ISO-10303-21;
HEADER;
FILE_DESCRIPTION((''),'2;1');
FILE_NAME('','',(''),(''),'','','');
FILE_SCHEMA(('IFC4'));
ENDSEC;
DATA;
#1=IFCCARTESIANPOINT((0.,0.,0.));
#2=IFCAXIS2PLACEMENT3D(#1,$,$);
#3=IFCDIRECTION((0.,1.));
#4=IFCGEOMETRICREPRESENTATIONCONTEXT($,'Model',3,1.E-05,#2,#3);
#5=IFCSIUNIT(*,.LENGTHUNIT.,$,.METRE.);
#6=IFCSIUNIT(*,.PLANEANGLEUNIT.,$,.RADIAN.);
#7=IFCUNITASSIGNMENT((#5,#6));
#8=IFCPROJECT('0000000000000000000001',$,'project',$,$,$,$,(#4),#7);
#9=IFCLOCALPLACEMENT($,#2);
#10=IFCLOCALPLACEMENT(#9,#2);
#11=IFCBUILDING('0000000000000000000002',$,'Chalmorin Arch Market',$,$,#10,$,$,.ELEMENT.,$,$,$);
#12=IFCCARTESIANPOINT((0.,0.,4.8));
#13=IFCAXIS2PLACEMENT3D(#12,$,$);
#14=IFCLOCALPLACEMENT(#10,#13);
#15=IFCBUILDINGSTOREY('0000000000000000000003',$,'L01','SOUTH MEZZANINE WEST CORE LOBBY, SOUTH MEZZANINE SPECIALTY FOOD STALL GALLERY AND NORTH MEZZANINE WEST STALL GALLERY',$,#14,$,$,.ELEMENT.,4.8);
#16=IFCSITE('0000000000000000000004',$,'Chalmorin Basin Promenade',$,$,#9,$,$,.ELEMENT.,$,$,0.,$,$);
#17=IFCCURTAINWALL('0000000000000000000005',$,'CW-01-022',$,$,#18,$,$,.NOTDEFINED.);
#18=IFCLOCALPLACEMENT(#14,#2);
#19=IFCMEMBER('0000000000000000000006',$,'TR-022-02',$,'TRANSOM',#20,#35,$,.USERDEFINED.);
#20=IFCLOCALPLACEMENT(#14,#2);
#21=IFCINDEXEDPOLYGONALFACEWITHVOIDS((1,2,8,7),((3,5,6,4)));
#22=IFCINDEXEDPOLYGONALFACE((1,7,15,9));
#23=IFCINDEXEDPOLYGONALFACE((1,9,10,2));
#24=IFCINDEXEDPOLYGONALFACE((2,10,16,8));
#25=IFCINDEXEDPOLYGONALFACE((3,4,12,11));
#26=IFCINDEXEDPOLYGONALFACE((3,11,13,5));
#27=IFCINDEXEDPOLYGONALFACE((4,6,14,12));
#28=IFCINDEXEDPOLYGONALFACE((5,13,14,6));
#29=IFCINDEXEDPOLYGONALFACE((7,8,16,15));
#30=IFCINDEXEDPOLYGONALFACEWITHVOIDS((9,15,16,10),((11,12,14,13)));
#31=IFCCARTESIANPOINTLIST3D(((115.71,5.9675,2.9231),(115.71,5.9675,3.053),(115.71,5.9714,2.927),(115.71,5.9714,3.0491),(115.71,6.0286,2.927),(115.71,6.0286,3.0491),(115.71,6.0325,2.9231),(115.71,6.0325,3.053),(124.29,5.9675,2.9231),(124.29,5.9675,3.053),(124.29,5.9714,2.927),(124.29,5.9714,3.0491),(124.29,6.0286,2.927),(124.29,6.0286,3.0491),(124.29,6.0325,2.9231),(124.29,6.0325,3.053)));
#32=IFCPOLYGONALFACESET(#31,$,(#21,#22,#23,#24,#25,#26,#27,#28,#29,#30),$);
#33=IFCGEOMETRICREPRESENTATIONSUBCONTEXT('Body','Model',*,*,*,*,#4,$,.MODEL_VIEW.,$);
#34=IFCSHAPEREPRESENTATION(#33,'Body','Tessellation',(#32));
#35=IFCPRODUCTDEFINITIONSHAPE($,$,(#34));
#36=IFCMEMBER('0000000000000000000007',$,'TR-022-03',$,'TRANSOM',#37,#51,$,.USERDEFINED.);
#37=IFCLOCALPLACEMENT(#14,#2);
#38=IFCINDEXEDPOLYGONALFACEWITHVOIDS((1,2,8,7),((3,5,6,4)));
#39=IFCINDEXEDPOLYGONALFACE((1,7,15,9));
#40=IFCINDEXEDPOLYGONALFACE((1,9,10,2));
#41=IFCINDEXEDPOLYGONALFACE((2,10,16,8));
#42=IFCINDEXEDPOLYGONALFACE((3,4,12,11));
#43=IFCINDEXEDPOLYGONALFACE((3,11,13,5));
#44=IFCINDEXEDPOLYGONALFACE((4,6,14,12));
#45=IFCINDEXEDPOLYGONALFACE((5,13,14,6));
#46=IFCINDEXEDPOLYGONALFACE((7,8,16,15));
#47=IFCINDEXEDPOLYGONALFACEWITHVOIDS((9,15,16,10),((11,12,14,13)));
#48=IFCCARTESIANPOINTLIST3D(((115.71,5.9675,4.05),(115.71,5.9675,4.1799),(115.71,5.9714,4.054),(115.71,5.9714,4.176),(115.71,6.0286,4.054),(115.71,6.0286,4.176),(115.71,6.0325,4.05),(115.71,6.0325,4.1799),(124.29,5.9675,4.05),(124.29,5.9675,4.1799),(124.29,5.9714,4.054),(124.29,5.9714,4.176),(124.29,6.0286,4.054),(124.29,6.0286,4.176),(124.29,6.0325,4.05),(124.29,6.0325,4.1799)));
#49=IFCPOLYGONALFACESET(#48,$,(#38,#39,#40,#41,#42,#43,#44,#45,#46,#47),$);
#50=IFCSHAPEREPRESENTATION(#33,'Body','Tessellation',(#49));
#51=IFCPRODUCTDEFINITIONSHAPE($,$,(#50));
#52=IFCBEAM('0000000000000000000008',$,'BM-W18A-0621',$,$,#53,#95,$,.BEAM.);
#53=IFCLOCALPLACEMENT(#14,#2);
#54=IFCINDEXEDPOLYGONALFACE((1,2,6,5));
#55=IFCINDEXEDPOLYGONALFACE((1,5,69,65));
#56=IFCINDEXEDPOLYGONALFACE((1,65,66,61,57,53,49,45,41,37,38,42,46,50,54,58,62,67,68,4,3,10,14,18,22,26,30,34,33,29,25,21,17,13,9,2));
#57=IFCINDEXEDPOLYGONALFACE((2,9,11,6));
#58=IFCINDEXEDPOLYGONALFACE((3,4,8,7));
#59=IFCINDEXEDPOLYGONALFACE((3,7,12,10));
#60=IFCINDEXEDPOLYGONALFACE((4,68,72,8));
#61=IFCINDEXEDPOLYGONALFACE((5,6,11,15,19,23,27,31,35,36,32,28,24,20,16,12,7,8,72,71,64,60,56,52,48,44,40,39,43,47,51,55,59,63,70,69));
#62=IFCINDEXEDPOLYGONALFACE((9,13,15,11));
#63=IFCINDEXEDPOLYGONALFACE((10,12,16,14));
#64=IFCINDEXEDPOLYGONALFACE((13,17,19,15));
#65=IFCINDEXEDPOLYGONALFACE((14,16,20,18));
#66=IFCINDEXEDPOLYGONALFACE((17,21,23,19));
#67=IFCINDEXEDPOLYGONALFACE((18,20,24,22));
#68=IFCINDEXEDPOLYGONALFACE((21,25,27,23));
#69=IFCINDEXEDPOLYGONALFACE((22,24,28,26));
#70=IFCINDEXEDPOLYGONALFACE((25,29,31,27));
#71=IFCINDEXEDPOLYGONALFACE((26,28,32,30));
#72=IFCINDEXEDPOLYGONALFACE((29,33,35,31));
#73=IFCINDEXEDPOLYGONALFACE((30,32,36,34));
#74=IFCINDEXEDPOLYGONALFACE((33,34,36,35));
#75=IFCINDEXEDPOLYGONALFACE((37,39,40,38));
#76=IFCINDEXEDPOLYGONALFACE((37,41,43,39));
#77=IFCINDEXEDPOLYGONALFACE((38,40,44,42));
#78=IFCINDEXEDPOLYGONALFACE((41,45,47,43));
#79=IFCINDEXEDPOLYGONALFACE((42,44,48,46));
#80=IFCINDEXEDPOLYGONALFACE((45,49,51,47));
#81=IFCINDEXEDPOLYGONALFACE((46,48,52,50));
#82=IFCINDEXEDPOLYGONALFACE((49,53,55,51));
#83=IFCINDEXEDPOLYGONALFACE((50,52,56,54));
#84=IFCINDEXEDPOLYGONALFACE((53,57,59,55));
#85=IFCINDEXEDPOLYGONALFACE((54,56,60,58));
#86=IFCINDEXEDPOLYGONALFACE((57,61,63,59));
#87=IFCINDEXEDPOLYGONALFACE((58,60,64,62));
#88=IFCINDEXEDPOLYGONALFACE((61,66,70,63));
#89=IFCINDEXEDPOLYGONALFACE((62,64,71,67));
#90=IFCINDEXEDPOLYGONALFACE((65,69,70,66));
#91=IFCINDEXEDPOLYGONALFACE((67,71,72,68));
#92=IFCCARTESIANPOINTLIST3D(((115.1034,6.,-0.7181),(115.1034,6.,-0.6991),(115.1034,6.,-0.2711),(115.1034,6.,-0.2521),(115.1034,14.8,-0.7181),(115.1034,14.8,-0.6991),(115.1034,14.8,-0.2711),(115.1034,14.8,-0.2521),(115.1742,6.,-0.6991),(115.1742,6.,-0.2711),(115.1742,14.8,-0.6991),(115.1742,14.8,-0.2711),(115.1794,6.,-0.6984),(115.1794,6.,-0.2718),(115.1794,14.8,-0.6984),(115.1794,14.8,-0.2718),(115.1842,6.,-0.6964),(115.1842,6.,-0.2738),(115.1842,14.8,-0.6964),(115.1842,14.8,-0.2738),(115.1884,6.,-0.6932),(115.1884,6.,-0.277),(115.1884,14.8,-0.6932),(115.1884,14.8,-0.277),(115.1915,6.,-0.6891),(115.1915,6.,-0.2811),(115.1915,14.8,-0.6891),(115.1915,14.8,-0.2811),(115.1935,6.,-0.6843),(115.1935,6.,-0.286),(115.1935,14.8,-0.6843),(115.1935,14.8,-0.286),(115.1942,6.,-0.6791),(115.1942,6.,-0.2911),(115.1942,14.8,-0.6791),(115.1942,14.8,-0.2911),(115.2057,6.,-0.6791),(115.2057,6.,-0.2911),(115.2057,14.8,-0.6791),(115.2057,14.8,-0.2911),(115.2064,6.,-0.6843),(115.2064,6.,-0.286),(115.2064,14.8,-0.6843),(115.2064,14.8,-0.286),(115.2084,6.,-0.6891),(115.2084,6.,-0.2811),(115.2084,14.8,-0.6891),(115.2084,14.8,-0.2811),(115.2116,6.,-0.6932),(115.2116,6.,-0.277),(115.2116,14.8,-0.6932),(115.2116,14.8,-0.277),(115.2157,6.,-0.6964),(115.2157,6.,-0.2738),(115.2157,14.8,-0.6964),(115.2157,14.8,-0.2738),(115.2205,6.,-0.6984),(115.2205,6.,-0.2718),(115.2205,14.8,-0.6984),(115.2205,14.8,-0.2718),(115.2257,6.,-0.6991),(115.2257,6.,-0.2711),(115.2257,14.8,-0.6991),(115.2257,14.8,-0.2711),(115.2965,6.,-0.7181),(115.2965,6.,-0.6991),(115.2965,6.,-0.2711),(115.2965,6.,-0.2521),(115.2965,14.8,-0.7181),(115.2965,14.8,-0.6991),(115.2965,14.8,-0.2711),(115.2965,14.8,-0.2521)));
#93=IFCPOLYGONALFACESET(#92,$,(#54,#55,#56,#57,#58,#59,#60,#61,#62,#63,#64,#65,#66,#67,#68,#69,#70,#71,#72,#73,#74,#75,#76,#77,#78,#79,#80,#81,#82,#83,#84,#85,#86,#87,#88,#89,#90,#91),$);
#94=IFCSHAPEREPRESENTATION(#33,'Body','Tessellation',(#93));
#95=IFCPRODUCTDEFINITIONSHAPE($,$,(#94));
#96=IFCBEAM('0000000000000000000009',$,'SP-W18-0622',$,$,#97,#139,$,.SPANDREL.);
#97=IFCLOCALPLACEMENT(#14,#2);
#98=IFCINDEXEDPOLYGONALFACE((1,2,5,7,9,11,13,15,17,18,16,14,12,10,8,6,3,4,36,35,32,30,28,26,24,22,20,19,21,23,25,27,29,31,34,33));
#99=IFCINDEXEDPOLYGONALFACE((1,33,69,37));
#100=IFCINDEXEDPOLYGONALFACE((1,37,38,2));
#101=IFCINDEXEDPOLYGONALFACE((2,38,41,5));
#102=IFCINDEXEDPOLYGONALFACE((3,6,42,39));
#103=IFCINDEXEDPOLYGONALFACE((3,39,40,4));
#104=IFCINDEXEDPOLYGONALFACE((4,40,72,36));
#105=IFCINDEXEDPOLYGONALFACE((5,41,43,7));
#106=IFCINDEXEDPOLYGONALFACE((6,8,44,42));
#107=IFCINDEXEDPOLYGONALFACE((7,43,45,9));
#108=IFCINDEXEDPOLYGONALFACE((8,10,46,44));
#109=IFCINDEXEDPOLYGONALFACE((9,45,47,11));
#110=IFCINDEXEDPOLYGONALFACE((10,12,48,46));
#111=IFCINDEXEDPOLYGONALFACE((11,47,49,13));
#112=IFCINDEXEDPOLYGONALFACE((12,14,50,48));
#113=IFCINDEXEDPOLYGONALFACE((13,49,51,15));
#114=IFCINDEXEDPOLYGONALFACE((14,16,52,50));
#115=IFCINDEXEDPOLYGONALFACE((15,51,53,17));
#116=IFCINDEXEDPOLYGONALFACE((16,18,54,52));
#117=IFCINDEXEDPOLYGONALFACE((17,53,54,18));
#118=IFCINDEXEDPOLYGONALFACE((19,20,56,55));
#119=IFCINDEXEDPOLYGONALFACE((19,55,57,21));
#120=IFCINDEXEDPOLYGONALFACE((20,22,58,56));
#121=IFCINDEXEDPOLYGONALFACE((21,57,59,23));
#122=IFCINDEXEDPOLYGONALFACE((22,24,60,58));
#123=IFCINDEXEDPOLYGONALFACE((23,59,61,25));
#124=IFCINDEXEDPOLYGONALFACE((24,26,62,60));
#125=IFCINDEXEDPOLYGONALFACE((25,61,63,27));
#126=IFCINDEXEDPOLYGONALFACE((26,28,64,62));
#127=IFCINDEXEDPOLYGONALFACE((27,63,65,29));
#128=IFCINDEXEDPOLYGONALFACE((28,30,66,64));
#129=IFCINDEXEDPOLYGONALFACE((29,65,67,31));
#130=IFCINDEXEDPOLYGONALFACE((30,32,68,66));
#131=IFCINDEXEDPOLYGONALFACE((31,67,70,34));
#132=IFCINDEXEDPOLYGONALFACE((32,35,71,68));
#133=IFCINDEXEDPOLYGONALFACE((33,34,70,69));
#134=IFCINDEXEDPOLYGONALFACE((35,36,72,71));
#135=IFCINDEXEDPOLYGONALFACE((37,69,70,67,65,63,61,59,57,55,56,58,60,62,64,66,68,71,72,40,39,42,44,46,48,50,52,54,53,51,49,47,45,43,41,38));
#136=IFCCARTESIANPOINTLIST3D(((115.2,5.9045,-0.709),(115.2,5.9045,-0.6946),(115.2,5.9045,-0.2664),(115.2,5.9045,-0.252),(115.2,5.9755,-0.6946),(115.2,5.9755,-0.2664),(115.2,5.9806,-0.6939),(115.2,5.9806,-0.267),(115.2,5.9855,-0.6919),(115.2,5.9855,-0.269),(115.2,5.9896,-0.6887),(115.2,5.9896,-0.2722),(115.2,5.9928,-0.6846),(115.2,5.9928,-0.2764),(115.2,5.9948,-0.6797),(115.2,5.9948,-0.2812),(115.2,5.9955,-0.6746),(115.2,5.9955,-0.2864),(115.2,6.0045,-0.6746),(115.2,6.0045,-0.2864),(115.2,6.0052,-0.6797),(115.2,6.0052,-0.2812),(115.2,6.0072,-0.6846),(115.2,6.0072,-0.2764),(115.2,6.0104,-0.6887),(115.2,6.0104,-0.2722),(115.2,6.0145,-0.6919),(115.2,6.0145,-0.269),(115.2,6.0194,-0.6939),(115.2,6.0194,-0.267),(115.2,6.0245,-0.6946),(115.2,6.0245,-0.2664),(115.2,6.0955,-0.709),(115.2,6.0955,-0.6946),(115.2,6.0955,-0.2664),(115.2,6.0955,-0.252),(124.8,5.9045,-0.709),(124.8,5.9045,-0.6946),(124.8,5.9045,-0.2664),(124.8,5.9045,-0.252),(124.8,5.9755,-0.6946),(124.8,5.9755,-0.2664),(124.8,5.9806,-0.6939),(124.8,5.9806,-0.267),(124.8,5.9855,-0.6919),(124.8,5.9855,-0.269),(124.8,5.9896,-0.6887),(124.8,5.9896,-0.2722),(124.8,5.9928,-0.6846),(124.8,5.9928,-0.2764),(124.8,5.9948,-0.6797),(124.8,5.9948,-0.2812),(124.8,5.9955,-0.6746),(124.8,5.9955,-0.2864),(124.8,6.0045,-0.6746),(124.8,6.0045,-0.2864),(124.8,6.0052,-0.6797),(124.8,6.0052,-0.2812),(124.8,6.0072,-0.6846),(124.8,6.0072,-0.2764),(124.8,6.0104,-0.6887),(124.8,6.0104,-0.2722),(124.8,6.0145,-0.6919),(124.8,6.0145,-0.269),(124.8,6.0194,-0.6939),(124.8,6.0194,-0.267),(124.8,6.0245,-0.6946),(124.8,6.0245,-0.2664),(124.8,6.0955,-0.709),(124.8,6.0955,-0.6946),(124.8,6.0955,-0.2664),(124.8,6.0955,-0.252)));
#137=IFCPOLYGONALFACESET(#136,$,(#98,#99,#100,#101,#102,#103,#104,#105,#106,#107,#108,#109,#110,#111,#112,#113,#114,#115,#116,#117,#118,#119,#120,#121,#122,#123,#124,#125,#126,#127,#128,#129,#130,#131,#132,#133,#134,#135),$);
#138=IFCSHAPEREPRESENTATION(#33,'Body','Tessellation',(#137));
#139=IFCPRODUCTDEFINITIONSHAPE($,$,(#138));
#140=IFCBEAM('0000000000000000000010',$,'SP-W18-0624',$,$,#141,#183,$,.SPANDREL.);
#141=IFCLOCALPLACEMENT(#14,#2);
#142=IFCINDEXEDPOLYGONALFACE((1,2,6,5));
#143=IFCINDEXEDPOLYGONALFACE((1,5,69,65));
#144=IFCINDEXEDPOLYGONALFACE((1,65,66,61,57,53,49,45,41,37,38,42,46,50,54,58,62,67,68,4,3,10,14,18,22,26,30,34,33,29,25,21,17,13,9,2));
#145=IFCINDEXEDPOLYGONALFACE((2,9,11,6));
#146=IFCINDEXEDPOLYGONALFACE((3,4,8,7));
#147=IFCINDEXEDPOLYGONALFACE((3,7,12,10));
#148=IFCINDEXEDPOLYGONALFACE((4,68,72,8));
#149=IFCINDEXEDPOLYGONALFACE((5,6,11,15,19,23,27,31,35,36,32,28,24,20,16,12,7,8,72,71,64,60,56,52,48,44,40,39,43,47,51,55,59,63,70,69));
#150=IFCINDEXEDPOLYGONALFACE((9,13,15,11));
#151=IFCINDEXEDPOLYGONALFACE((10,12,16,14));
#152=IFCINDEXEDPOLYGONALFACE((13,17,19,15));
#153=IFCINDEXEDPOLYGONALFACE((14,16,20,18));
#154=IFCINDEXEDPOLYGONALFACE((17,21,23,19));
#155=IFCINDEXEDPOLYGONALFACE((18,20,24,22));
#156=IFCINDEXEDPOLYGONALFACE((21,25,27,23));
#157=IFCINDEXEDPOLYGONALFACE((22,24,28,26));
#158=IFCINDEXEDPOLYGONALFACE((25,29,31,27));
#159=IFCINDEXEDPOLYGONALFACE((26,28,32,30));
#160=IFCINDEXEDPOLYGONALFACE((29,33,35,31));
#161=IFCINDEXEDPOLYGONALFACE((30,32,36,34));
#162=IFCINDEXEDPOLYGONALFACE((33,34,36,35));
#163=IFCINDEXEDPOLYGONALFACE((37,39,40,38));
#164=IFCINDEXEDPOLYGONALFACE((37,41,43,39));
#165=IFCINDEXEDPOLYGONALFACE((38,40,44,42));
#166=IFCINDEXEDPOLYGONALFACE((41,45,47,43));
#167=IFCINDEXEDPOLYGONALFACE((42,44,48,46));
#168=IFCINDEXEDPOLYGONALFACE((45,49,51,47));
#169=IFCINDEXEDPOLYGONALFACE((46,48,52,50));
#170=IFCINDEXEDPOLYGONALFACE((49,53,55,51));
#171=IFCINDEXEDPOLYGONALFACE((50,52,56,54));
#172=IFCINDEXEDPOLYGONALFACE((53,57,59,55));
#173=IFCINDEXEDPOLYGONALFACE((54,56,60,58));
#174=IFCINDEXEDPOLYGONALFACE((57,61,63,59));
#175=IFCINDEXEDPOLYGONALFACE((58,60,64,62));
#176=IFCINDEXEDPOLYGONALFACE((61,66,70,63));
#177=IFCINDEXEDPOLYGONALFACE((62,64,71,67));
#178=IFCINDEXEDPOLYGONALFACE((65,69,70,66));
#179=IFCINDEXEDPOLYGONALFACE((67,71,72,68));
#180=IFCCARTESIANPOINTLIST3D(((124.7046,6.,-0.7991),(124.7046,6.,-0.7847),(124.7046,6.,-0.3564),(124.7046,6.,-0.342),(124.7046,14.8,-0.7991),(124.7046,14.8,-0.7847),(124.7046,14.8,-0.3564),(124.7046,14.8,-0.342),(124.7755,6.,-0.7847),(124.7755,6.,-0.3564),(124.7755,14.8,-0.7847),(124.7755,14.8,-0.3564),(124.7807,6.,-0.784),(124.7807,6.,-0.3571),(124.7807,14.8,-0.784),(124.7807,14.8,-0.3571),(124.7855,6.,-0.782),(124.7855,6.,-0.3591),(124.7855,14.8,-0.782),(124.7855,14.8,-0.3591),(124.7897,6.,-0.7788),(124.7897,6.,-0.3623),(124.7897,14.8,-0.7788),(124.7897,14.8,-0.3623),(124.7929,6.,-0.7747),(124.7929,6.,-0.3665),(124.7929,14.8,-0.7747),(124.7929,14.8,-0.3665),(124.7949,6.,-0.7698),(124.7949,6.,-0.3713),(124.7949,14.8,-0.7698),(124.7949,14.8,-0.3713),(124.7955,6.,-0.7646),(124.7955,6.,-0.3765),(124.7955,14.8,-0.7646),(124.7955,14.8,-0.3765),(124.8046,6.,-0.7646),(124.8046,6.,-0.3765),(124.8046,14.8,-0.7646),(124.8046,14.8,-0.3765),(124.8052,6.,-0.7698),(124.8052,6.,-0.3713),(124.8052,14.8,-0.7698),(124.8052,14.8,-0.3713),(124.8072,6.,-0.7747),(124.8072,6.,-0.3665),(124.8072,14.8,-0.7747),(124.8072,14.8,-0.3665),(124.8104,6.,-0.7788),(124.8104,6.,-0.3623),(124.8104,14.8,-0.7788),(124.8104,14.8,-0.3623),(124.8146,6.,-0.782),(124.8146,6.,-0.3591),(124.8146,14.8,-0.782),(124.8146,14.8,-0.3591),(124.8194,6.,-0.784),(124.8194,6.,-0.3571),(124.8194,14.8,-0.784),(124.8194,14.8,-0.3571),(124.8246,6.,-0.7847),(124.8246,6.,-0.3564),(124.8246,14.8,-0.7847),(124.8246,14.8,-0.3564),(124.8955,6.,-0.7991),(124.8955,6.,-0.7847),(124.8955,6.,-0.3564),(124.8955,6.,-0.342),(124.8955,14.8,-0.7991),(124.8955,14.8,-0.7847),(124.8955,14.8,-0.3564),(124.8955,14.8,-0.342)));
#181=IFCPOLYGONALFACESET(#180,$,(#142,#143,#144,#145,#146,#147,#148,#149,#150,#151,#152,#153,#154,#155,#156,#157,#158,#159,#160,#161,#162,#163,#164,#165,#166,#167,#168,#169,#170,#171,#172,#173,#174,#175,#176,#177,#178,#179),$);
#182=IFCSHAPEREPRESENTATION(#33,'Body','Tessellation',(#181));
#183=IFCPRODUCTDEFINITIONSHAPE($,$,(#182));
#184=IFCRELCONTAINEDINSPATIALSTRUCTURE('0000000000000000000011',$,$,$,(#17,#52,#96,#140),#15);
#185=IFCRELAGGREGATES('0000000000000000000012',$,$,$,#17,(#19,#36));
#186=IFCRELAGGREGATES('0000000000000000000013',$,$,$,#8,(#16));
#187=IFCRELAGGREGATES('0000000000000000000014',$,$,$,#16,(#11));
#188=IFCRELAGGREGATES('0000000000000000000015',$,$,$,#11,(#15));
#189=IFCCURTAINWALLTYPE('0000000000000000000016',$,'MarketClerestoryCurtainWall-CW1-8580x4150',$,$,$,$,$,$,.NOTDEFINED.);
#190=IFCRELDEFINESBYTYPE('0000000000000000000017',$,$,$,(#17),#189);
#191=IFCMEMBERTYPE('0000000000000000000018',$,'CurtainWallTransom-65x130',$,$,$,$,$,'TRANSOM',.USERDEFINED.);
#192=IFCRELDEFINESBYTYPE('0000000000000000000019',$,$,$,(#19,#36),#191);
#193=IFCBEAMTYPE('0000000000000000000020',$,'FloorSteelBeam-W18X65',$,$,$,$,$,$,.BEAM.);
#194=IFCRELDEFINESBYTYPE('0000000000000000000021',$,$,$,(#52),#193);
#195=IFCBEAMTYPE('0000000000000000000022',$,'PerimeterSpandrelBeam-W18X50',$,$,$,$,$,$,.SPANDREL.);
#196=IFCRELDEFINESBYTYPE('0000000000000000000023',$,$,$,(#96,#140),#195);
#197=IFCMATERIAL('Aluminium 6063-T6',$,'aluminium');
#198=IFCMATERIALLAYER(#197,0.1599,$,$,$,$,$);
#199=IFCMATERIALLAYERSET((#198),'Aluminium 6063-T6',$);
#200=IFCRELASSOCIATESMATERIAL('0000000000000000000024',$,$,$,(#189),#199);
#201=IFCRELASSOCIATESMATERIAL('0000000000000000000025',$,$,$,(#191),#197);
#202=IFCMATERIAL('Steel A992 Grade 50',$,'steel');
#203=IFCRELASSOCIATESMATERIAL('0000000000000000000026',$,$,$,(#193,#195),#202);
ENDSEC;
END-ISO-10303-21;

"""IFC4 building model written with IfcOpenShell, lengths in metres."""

from ifc_helpers import new_model, si_unit, direction, frame, origin, origin_2d, place, context, subcontext, project, spatial, hollow_rectangle, i_section, extrude, material, layer, layer_set, material_profile, profile_set, type_object, element, aggregate, save


model = new_model("IFC4")

# Units and contexts
model_context = context("Model", 3, precision=1e-05, world=origin(), true_north=direction((0.0, 1.0)))
body_context = subcontext(model_context, "Body", "Model", "MODEL_VIEW")
ifc_project = project(units=[si_unit("LENGTHUNIT", "METRE"), si_unit("PLANEANGLEUNIT", "RADIAN")], contexts=[model_context])

# Site, building, storey
site_placement = place(None, origin())
site = spatial("IfcSite", under=ifc_project, at=site_placement, Name="Chalmorin Basin Promenade", CompositionType="ELEMENT", RefElevation=0.0)
building_placement = place(site_placement, origin())
building = spatial("IfcBuilding", under=site, at=building_placement, Name="Chalmorin Arch Market", CompositionType="ELEMENT")
storey_placement = place(building_placement, frame((0.0, 0.0, 4.8)))
storey = spatial("IfcBuildingStorey", under=building, at=storey_placement, Name="L01", Description="SOUTH MEZZANINE WEST CORE LOBBY, SOUTH MEZZANINE SPECIALTY FOOD STALL GALLERY AND NORTH MEZZANINE WEST STALL GALLERY", CompositionType="ELEMENT", Elevation=4.8)

# Curtain wall, members
ifc_material_1 = material(Name="Aluminium 6063-T6", Category="aluminium")
ifc_layer_1 = layer(ifc_material_1, 0.1599)
ifc_layer_set_1 = layer_set([ifc_layer_1], Name="Aluminium 6063-T6")
curtain_wall_type = type_object("IfcCurtainWallType", Name="MarketClerestoryCurtainWall-CW1-8580x4150", PredefinedType="NOTDEFINED", material=ifc_layer_set_1)
curtain_wall_placement = place(storey_placement, origin())
curtain_wall = element("IfcCurtainWall", 1, at=curtain_wall_placement, inside=storey, type_object=curtain_wall_type, Name="CW-01-022", PredefinedType="NOTDEFINED")
ifc_material_profile_1 = material_profile(ifc_material_1, hollow_rectangle(XDim=0.0649, YDim=0.1299, WallThickness=0.0039, at=origin_2d()), Name="ALU65X130X4")
ifc_profile_set_1 = profile_set([ifc_material_profile_1], Name="Aluminium 6063-T6")
member_type_1 = type_object("IfcMemberType", Name="CurtainWallTransom-65x130", ElementType="TRANSOM", PredefinedType="USERDEFINED", material=ifc_profile_set_1)
member_1_placement = place(storey_placement, frame((115.71, 6.0, 2.988), z_axis=(1.0, 0.0, 0.0), x_axis=(0.0, 1.0, 0.0)))
member_1 = element("IfcMember", 2, at=member_1_placement, type_object=member_type_1, Name="TR-022-02", ObjectType="TRANSOM", PredefinedType="USERDEFINED", context=body_context, shape_type="SweptSolid", body=[
    extrude(hollow_rectangle(XDim=0.0649, YDim=0.1299, WallThickness=0.0039, at=origin_2d()), origin(), (0.0, 0.0, 1.0), 8.5801),
])
member_2_placement = place(storey_placement, frame((115.71, 6.0, 4.115), z_axis=(1.0, 0.0, 0.0), x_axis=(0.0, 1.0, 0.0)))
member_2 = element("IfcMember", 3, at=member_2_placement, type_object=member_type_1, Name="TR-022-03", ObjectType="TRANSOM", PredefinedType="USERDEFINED", context=body_context, shape_type="SweptSolid", body=[
    extrude(hollow_rectangle(XDim=0.0649, YDim=0.1299, WallThickness=0.0039, at=origin_2d()), origin(), (0.0, 0.0, 1.0), 8.5801),
])

# Beams
ifc_material_2 = material(Name="Steel A992 Grade 50", Category="steel")
ifc_material_profile_2 = material_profile(ifc_material_2, i_section(OverallWidth=0.1931, OverallDepth=0.4661, WebThickness=0.0115, FlangeThickness=0.019, FilletRadius=0.02, at=origin_2d()), Name="W18X65")
ifc_profile_set_2 = profile_set([ifc_material_profile_2], Name="Steel A992 Grade 50")
beam_type_1 = type_object("IfcBeamType", Name="FloorSteelBeam-W18X65", PredefinedType="BEAM", material=ifc_profile_set_2)
beam_1_placement = place(storey_placement, frame((115.2, 6.0, -0.4851), z_axis=(0.0, 1.0, 0.0), x_axis=(-1.0, 0.0, 0.0)))
element("IfcBeam", 4, at=beam_1_placement, inside=storey, type_object=beam_type_1, Name="BM-W18A-0621", PredefinedType="BEAM", context=body_context, shape_type="SweptSolid", body=[
    extrude(i_section(OverallWidth=0.1931, OverallDepth=0.4661, WebThickness=0.0115, FlangeThickness=0.019, FilletRadius=0.02, at=origin_2d()), origin(), (0.0, 0.0, 1.0), 8.8),
])
ifc_material_profile_3 = material_profile(ifc_material_2, i_section(OverallWidth=0.1909, OverallDepth=0.457, WebThickness=0.009, FlangeThickness=0.0144, FilletRadius=0.02, at=origin_2d()), Name="W18X50")
ifc_profile_set_3 = profile_set([ifc_material_profile_3], Name="Steel A992 Grade 50")
beam_type_2 = type_object("IfcBeamType", Name="PerimeterSpandrelBeam-W18X50", PredefinedType="SPANDREL", material=ifc_profile_set_3)
beam_2_placement = place(storey_placement, frame((115.2, 6.0, -0.4805), z_axis=(1.0, 0.0, 0.0), x_axis=(0.0, 1.0, 0.0)))
element("IfcBeam", 5, at=beam_2_placement, inside=storey, type_object=beam_type_2, Name="SP-W18-0622", PredefinedType="SPANDREL", context=body_context, shape_type="SweptSolid", body=[
    extrude(i_section(OverallWidth=0.1909, OverallDepth=0.457, WebThickness=0.009, FlangeThickness=0.0144, FilletRadius=0.02, at=origin_2d()), origin(), (0.0, 0.0, 1.0), 9.6001),
])
beam_3_placement = place(storey_placement, frame((124.8, 6.0, -0.5706), z_axis=(0.0, 1.0, 0.0), x_axis=(-1.0, 0.0, 0.0)))
element("IfcBeam", 6, at=beam_3_placement, inside=storey, type_object=beam_type_2, Name="SP-W18-0624", PredefinedType="SPANDREL", context=body_context, shape_type="SweptSolid", body=[
    extrude(i_section(OverallWidth=0.1909, OverallDepth=0.457, WebThickness=0.009, FlangeThickness=0.0144, FilletRadius=0.02, at=origin_2d()), origin(), (0.0, 0.0, 1.0), 8.8),
])

aggregate(curtain_wall, [member_1, member_2])

save(model, "model.ifc")
